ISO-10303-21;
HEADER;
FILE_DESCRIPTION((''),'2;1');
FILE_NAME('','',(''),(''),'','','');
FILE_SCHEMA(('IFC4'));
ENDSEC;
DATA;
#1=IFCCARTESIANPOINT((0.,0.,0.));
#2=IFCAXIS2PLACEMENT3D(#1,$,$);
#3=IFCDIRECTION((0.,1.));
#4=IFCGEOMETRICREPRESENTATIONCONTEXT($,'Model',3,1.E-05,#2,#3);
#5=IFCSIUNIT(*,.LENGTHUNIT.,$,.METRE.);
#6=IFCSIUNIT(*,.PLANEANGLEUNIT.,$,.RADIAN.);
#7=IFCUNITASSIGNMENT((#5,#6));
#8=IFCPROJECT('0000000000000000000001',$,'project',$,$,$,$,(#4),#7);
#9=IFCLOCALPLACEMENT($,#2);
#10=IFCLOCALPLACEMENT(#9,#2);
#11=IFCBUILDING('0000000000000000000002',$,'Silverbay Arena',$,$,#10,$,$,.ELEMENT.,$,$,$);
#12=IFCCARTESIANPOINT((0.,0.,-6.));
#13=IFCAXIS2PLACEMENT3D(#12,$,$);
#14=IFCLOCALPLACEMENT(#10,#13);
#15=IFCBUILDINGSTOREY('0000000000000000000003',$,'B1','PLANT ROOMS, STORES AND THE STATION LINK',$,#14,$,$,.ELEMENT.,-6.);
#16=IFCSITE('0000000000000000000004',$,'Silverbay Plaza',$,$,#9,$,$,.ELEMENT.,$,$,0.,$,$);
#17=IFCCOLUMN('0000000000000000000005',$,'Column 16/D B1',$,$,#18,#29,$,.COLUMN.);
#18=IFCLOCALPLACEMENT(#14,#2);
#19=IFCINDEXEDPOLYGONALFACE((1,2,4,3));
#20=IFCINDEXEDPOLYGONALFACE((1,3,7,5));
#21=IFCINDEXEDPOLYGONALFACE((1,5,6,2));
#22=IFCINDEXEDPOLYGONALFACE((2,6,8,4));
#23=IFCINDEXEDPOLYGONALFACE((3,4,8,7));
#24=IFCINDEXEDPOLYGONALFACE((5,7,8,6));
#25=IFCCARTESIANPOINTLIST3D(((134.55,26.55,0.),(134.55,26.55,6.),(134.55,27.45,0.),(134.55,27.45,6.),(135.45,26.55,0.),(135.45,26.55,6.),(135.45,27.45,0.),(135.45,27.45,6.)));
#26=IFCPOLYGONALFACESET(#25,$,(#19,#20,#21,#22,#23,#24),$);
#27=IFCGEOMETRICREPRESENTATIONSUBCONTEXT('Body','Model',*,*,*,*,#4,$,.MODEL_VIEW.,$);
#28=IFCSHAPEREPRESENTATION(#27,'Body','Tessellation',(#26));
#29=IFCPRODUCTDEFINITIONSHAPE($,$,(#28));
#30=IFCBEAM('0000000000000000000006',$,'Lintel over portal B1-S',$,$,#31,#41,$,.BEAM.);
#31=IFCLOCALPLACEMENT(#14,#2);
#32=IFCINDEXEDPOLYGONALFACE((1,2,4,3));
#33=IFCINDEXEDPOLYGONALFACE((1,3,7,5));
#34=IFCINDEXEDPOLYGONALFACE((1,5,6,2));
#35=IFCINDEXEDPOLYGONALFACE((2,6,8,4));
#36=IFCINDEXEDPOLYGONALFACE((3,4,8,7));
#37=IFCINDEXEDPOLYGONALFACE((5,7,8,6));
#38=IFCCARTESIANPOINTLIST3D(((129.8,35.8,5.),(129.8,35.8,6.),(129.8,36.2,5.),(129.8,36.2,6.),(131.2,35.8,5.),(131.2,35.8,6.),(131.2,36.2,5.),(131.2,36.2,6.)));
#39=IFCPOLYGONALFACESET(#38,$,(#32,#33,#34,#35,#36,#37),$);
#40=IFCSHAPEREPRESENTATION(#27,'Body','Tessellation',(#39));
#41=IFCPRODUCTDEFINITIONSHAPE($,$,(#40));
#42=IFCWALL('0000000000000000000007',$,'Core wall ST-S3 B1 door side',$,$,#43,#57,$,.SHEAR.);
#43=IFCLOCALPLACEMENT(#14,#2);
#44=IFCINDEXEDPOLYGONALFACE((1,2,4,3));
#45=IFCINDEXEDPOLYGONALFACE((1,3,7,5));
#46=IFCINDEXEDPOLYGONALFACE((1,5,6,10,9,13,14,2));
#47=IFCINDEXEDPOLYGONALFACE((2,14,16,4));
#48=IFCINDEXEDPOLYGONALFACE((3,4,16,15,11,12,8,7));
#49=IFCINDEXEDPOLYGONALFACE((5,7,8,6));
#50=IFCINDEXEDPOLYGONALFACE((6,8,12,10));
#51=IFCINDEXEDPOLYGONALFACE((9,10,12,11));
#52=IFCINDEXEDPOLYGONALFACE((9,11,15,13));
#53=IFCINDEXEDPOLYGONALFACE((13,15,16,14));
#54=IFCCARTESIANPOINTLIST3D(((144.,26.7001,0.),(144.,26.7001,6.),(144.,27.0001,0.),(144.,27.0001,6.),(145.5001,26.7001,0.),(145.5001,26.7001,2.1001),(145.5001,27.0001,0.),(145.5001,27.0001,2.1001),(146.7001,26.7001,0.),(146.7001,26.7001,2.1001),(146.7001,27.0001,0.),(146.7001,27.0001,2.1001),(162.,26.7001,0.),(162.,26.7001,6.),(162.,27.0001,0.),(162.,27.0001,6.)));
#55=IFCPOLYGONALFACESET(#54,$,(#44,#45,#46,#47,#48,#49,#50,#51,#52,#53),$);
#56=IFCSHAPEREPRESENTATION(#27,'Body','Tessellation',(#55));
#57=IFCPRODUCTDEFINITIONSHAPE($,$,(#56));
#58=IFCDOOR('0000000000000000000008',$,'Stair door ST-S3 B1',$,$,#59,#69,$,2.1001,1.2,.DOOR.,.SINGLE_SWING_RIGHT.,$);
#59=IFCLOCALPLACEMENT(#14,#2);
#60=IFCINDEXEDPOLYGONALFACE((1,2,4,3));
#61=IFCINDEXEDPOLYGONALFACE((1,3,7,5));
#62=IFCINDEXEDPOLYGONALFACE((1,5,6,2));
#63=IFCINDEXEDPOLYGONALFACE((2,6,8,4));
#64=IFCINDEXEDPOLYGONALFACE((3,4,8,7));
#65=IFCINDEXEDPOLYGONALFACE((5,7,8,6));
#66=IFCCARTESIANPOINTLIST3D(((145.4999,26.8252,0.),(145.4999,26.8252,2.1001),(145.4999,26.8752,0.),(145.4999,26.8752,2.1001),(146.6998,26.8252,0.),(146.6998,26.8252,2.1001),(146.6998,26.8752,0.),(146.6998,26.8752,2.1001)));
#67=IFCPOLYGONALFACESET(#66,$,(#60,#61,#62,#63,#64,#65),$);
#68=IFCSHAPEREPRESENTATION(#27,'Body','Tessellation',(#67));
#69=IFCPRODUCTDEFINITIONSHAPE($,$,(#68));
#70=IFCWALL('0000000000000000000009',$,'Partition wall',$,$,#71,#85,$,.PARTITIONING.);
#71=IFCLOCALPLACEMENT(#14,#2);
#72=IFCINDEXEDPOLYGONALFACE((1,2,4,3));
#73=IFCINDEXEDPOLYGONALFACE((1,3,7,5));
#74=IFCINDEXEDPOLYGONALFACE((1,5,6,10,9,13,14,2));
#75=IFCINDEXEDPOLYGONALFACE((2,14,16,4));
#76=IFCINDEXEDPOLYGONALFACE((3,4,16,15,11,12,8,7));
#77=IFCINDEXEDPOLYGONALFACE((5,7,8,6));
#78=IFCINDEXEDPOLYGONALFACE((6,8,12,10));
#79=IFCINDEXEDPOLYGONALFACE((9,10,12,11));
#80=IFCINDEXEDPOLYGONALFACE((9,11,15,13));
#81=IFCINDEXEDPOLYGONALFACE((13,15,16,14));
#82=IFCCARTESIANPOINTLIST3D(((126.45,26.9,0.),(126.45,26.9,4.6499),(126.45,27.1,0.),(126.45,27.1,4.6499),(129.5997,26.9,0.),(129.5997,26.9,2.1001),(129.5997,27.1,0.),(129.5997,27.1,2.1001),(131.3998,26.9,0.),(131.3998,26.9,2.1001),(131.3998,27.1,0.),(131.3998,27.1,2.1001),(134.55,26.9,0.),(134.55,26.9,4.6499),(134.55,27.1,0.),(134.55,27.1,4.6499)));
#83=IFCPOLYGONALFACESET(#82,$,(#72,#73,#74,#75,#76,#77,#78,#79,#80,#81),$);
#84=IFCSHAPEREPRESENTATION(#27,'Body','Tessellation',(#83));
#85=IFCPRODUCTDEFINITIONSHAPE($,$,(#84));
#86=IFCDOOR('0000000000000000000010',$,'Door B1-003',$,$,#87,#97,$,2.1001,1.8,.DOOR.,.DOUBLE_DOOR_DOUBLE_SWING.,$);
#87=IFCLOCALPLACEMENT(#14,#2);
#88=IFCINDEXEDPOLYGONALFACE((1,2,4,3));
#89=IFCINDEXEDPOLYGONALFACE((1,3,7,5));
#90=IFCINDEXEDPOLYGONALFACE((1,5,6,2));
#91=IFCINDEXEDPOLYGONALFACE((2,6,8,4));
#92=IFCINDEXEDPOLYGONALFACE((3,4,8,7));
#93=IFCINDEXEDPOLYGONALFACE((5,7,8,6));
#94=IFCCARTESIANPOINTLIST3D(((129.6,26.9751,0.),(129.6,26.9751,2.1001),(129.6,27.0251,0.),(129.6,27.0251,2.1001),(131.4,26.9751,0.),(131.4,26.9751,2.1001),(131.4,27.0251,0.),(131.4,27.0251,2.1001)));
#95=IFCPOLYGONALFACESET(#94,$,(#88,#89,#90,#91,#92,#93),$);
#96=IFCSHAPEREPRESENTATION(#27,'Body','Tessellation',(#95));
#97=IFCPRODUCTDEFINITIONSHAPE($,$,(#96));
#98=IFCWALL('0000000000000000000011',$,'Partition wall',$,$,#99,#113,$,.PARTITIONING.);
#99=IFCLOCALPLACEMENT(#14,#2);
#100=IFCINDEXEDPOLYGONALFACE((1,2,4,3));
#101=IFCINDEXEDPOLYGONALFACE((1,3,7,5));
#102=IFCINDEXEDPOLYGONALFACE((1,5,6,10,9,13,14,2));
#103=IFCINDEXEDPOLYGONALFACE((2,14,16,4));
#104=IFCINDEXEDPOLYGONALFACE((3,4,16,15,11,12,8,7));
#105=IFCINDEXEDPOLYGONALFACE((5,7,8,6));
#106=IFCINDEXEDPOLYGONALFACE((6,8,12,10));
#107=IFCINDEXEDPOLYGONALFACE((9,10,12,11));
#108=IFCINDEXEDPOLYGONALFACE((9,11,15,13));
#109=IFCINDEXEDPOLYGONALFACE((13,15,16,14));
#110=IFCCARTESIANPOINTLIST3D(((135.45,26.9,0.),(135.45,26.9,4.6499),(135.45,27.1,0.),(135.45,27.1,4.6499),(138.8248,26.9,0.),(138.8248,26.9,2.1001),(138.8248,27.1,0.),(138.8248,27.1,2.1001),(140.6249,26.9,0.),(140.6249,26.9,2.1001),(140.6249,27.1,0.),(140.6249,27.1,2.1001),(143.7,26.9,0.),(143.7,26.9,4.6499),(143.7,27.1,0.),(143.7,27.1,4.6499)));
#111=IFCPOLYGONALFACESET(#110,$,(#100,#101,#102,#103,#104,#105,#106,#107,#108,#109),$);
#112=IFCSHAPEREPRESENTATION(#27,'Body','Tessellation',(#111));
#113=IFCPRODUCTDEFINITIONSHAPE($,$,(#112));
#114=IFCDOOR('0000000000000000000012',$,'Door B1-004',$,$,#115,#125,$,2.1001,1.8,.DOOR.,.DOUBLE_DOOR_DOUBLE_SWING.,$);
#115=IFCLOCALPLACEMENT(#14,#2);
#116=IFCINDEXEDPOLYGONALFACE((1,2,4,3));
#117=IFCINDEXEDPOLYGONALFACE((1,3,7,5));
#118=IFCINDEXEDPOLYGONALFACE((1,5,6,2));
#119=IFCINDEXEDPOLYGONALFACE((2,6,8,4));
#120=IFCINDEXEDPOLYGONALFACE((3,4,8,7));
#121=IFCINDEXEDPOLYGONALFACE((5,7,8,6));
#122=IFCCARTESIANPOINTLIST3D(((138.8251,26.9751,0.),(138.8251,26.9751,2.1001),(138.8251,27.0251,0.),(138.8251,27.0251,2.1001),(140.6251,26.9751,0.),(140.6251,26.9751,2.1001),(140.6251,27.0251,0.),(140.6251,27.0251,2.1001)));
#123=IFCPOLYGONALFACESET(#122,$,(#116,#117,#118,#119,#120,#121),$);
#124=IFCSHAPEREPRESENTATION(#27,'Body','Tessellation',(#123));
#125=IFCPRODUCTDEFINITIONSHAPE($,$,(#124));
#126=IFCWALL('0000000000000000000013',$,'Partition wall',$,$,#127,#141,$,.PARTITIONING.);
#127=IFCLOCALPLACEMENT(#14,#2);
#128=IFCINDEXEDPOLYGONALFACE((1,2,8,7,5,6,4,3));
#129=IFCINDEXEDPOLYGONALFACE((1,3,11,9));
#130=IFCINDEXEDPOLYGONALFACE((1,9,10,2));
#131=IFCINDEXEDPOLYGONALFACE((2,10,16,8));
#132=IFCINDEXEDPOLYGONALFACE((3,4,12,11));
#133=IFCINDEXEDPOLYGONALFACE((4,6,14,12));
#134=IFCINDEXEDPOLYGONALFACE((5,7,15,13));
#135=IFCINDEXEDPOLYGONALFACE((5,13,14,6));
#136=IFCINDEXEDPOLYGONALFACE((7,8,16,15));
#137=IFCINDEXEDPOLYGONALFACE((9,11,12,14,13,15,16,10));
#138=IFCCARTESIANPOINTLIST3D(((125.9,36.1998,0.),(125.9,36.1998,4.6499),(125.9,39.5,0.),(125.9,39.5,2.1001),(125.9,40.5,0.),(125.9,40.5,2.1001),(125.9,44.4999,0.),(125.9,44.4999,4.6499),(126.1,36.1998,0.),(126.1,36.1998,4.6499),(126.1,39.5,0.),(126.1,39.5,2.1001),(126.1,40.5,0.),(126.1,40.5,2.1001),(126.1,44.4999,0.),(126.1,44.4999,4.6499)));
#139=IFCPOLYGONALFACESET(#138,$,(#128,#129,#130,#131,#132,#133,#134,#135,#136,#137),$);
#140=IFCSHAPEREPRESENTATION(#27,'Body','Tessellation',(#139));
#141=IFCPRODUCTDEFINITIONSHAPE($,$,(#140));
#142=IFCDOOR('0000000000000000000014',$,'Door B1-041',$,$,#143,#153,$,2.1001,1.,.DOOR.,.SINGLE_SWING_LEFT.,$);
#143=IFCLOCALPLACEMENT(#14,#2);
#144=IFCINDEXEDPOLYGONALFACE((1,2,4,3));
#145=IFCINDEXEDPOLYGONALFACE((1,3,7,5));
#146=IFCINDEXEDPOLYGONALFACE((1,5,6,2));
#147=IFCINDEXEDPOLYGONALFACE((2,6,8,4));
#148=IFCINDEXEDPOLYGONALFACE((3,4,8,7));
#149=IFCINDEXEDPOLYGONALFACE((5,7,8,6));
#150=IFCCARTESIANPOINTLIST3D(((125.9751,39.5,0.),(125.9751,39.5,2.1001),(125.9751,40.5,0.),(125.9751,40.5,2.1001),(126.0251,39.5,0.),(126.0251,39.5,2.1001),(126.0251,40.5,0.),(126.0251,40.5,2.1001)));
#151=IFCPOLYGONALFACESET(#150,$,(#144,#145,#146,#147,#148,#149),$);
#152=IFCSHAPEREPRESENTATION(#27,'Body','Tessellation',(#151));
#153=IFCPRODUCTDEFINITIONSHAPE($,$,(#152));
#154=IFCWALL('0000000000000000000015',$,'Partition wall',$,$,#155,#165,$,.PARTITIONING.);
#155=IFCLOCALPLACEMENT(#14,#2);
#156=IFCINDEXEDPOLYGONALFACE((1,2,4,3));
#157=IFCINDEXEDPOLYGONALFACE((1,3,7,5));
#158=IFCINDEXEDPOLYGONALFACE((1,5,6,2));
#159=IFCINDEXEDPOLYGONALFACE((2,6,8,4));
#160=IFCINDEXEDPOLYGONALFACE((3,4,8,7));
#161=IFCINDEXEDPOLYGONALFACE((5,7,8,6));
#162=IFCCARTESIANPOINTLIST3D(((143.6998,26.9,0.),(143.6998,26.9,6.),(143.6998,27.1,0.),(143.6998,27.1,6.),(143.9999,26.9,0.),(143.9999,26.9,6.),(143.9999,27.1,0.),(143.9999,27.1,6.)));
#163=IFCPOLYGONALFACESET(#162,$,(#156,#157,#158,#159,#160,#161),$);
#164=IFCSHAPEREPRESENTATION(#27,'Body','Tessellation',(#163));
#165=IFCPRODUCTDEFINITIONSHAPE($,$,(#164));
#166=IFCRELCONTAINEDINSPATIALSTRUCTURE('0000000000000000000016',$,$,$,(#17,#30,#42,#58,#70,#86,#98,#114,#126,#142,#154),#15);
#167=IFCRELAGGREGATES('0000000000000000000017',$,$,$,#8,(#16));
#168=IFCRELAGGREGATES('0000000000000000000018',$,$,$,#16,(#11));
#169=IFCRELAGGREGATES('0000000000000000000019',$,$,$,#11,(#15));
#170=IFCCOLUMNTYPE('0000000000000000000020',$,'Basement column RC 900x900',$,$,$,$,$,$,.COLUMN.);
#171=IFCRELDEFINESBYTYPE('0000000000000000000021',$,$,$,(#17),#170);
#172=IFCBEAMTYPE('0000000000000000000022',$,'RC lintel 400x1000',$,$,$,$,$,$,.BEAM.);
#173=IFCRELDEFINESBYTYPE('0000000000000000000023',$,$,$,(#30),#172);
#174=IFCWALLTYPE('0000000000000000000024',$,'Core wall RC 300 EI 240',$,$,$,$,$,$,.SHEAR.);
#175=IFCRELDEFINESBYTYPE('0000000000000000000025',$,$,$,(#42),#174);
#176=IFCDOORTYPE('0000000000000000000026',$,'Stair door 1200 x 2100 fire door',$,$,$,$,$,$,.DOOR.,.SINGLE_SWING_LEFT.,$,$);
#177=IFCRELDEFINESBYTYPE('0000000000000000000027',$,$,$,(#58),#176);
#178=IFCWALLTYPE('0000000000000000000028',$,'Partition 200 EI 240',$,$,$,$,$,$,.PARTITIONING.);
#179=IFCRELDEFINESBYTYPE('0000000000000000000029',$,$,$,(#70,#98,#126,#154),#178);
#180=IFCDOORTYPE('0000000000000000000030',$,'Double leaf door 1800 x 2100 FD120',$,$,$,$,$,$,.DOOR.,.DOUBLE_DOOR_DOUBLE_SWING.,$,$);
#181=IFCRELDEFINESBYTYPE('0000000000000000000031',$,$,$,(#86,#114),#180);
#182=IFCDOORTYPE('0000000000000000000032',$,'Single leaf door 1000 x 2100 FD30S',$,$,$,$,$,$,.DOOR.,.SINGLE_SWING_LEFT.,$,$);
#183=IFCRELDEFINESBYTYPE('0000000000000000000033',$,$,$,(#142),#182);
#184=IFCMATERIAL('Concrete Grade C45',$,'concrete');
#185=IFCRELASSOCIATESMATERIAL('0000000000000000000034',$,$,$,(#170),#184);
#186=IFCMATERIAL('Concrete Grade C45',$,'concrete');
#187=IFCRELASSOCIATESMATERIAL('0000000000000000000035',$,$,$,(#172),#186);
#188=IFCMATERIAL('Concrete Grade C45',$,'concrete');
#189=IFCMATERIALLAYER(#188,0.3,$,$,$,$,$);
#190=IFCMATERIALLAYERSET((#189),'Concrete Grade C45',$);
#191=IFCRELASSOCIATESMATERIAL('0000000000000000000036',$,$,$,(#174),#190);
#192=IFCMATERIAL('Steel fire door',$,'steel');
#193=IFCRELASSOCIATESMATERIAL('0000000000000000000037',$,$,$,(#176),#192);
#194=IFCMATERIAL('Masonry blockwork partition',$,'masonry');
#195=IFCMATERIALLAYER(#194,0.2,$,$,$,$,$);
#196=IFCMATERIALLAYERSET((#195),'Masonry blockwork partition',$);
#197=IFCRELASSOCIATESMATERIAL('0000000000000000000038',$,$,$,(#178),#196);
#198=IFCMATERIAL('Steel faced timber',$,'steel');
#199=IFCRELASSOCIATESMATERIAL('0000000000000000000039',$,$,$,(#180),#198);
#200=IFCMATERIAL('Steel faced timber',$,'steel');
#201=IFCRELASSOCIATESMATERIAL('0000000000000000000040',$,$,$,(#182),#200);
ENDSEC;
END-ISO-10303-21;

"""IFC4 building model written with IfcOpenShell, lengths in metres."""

from ifc_helpers import new_model, si_unit, direction, frame, frame_2d, origin, origin_2d, place, context, subcontext, project, spatial, rectangle, extrude, material, layer, layer_set, material_profile, profile_set, type_object, element, fill, save


model = new_model("IFC4")

# Units and contexts
model_context = context("Model", 3, precision=1e-05, world=origin(), true_north=direction((0.0, 1.0)))
body_context = subcontext(model_context, "Body", "Model", "MODEL_VIEW")
ifc_project = project(units=[si_unit("LENGTHUNIT", "METRE"), si_unit("PLANEANGLEUNIT", "RADIAN")], contexts=[model_context])

# Site, building, storey
site_placement = place(None, origin())
site = spatial("IfcSite", under=ifc_project, at=site_placement, Name="Silverbay Plaza", CompositionType="ELEMENT", RefElevation=0.0)
building_placement = place(site_placement, origin())
building = spatial("IfcBuilding", under=site, at=building_placement, Name="Silverbay Arena", CompositionType="ELEMENT")
storey_placement = place(building_placement, frame((0.0, 0.0, -6.0)))
storey = spatial("IfcBuildingStorey", under=building, at=storey_placement, Name="B1", Description="PLANT ROOMS, STORES AND THE STATION LINK", CompositionType="ELEMENT", Elevation=-6.0)

# Column
ifc_material_1 = material(Name="Concrete Grade C45", Category="concrete")
ifc_material_profile_1 = material_profile(ifc_material_1, rectangle(XDim=0.8999, YDim=0.8999, at=origin_2d()), Name="RC 900x900")
ifc_profile_set_1 = profile_set([ifc_material_profile_1], Name="Concrete Grade C45")
column_type = type_object("IfcColumnType", Name="Basement column RC 900x900", PredefinedType="COLUMN", material=ifc_profile_set_1)
for number, where, z_axis, x_axis, name in (
    (1, (135.0, 27.0, 0.0), (0.0, 0.0, 1.0), (1.0, 0.0, 0.0), "Column 16/D B1"),
):
    element("IfcColumn", number, at=place(storey_placement, frame(where, z_axis=z_axis, x_axis=x_axis)), inside=storey, type_object=column_type, Name=name, PredefinedType="COLUMN", context=body_context, shape_type="SweptSolid", body=[
        extrude(rectangle(XDim=0.8999, YDim=0.8999, at=origin_2d()), origin(), (0.0, 0.0, 1.0), 6.0),
    ])

# Beam
ifc_material_2 = material(Name="Concrete Grade C45", Category="concrete")
ifc_material_profile_2 = material_profile(ifc_material_2, rectangle(XDim=0.3999, YDim=1.0, at=origin_2d()), Name="RC 400x1000")
ifc_profile_set_2 = profile_set([ifc_material_profile_2], Name="Concrete Grade C45")
beam_type = type_object("IfcBeamType", Name="RC lintel 400x1000", PredefinedType="BEAM", material=ifc_profile_set_2)
beam_placement = place(storey_placement, frame((129.8, 36.0, 5.5), z_axis=(1.0, 0.0, 0.0), x_axis=(0.0, 1.0, 0.0)))
element("IfcBeam", 2, at=beam_placement, inside=storey, type_object=beam_type, Name="Lintel over portal B1-S", PredefinedType="BEAM", context=body_context, shape_type="SweptSolid", body=[
    extrude(rectangle(XDim=0.3999, YDim=1.0, at=origin_2d()), origin(), (0.0, 0.0, 1.0), 1.3999),
])

# Walls, openings, doors
ifc_material_3 = material(Name="Concrete Grade C45", Category="concrete")
ifc_layer_1 = layer(ifc_material_3, 0.3)
ifc_layer_set_1 = layer_set([ifc_layer_1], Name="Concrete Grade C45")
wall_type_1 = type_object("IfcWallType", Name="Core wall RC 300 EI 240", PredefinedType="SHEAR", material=ifc_layer_set_1)
wall_1_placement = place(storey_placement, frame((144.0, 26.8501, 0.0), z_axis=(0.0, 0.0, 1.0), x_axis=(1.0, 0.0, 0.0)))
wall_1 = element("IfcWall", 3, at=wall_1_placement, inside=storey, type_object=wall_type_1, Name="Core wall ST-S3 B1 door side", PredefinedType="SHEAR", context=body_context, shape_type="SweptSolid", body=[
    extrude(rectangle(XDim=18.0, YDim=0.3, at=frame_2d((9.0, 0.0))), origin(), (0.0, 0.0, 1.0), 6.0),
])
opening_1_placement = place(wall_1_placement, frame((1.5, 0.0, 0.0)))
opening_1 = element("IfcOpeningElement", 4, at=opening_1_placement, cuts=wall_1, PredefinedType="OPENING", context=body_context, shape_type="SweptSolid", body=[
    extrude(rectangle(XDim=1.2, YDim=2.1001, at=frame_2d((0.6001, 1.05))), frame((0.0, 0.1602, 0.0), z_axis=(0.0, -1.0, 0.0), x_axis=(1.0, 0.0, 0.0)), (0.0, 0.0, 1.0), 0.3201),
])
ifc_material_4 = material(Name="Steel fire door", Category="steel")
door_type_1 = type_object("IfcDoorType", Name="Stair door 1200 x 2100 fire door", OperationType="SINGLE_SWING_LEFT", PredefinedType="DOOR", material=ifc_material_4)
door_1_placement = place(opening_1_placement, frame((1.2, 0.0, 0.0), z_axis=(0.0, 0.0, 1.0), x_axis=(-1.0, 0.0, 0.0)))
door_1 = element("IfcDoor", 5, at=door_1_placement, inside=storey, type_object=door_type_1, Name="Stair door ST-S3 B1", OperationType="SINGLE_SWING_RIGHT", OverallHeight=2.1001, OverallWidth=1.2, PredefinedType="DOOR", context=body_context, shape_type="SweptSolid", body=[
    extrude(rectangle(XDim=1.2, YDim=2.1001, at=frame_2d((0.6001, 1.05))), frame((0.0, 0.0249, 0.0), z_axis=(0.0, -1.0, 0.0), x_axis=(1.0, 0.0, 0.0)), (0.0, 0.0, 1.0), 0.05),
])
fill(opening_1, door_1)
ifc_material_5 = material(Name="Masonry blockwork partition", Category="masonry")
ifc_layer_2 = layer(ifc_material_5, 0.2)
ifc_layer_set_2 = layer_set([ifc_layer_2], Name="Masonry blockwork partition")
wall_type_2 = type_object("IfcWallType", Name="Partition 200 EI 240", PredefinedType="PARTITIONING", material=ifc_layer_set_2)
wall_2_placement = place(storey_placement, frame((126.45, 27.0, 0.0), z_axis=(0.0, 0.0, 1.0), x_axis=(1.0, 0.0, 0.0)))
wall_2 = element("IfcWall", 6, at=wall_2_placement, inside=storey, type_object=wall_type_2, Name="Partition wall", PredefinedType="PARTITIONING", context=body_context, shape_type="SweptSolid", body=[
    extrude(rectangle(XDim=8.1001, YDim=0.2, at=frame_2d((4.05, 0.0))), origin(), (0.0, 0.0, 1.0), 4.6499),
])
opening_2_placement = place(wall_2_placement, frame((3.1499, 0.0, 0.0)))
opening_2 = element("IfcOpeningElement", 7, at=opening_2_placement, cuts=wall_2, PredefinedType="OPENING", context=body_context, shape_type="SweptSolid", body=[
    extrude(rectangle(XDim=1.8, YDim=2.1001, at=frame_2d((0.8999, 1.05))), frame((0.0, 0.1099, 0.0), z_axis=(0.0, -1.0, 0.0), x_axis=(1.0, 0.0, 0.0)), (0.0, 0.0, 1.0), 0.22),
])
ifc_material_6 = material(Name="Steel faced timber", Category="steel")
door_type_2 = type_object("IfcDoorType", Name="Double leaf door 1800 x 2100 FD120", OperationType="DOUBLE_DOOR_DOUBLE_SWING", PredefinedType="DOOR", material=ifc_material_6)
door_2_placement = place(opening_2_placement, frame((1.8, 0.0, 0.0), z_axis=(0.0, 0.0, 1.0), x_axis=(-1.0, 0.0, 0.0)))
door_2 = element("IfcDoor", 8, at=door_2_placement, inside=storey, type_object=door_type_2, Name="Door B1-003", OperationType="DOUBLE_DOOR_DOUBLE_SWING", OverallHeight=2.1001, OverallWidth=1.8, PredefinedType="DOOR", context=body_context, shape_type="SweptSolid", body=[
    extrude(rectangle(XDim=1.8, YDim=2.1001, at=frame_2d((0.8999, 1.05))), frame((0.0, 0.0249, 0.0), z_axis=(0.0, -1.0, 0.0), x_axis=(1.0, 0.0, 0.0)), (0.0, 0.0, 1.0), 0.05),
])
fill(opening_2, door_2)
wall_3_placement = place(storey_placement, frame((135.45, 27.0, 0.0), z_axis=(0.0, 0.0, 1.0), x_axis=(1.0, 0.0, 0.0)))
wall_3 = element("IfcWall", 9, at=wall_3_placement, inside=storey, type_object=wall_type_2, Name="Partition wall", PredefinedType="PARTITIONING", context=body_context, shape_type="SweptSolid", body=[
    extrude(rectangle(XDim=8.25, YDim=0.2, at=frame_2d((4.125, 0.0))), origin(), (0.0, 0.0, 1.0), 4.6499),
])
opening_3_placement = place(wall_3_placement, frame((3.375, 0.0, 0.0)))
opening_3 = element("IfcOpeningElement", 10, at=opening_3_placement, cuts=wall_3, PredefinedType="OPENING", context=body_context, shape_type="SweptSolid", body=[
    extrude(rectangle(XDim=1.8, YDim=2.1001, at=frame_2d((0.8999, 1.05))), frame((0.0, 0.1099, 0.0), z_axis=(0.0, -1.0, 0.0), x_axis=(1.0, 0.0, 0.0)), (0.0, 0.0, 1.0), 0.22),
])
door_3_placement = place(opening_3_placement, frame((1.8, 0.0, 0.0), z_axis=(0.0, 0.0, 1.0), x_axis=(-1.0, 0.0, 0.0)))
door_3 = element("IfcDoor", 11, at=door_3_placement, inside=storey, type_object=door_type_2, Name="Door B1-004", OperationType="DOUBLE_DOOR_DOUBLE_SWING", OverallHeight=2.1001, OverallWidth=1.8, PredefinedType="DOOR", context=body_context, shape_type="SweptSolid", body=[
    extrude(rectangle(XDim=1.8, YDim=2.1001, at=frame_2d((0.8999, 1.05))), frame((0.0, 0.0249, 0.0), z_axis=(0.0, -1.0, 0.0), x_axis=(1.0, 0.0, 0.0)), (0.0, 0.0, 1.0), 0.05),
])
fill(opening_3, door_3)
wall_4_placement = place(storey_placement, frame((126.0, 36.2, 0.0), z_axis=(0.0, 0.0, 1.0), x_axis=(0.0, 1.0, 0.0)))
wall_4 = element("IfcWall", 12, at=wall_4_placement, inside=storey, type_object=wall_type_2, Name="Partition wall", PredefinedType="PARTITIONING", context=body_context, shape_type="SweptSolid", body=[
    extrude(rectangle(XDim=8.3, YDim=0.2, at=frame_2d((4.1499, 0.0))), origin(), (0.0, 0.0, 1.0), 4.6499),
])
opening_4_placement = place(wall_4_placement, frame((3.3, 0.0, 0.0)))
opening_4 = element("IfcOpeningElement", 13, at=opening_4_placement, cuts=wall_4, PredefinedType="OPENING", context=body_context, shape_type="SweptSolid", body=[
    extrude(rectangle(XDim=1.0, YDim=2.1001, at=frame_2d((0.5, 1.05))), frame((0.0, 0.1099, 0.0), z_axis=(0.0, -1.0, 0.0), x_axis=(1.0, 0.0, 0.0)), (0.0, 0.0, 1.0), 0.22),
])
ifc_material_7 = material(Name="Steel faced timber", Category="steel")
door_type_3 = type_object("IfcDoorType", Name="Single leaf door 1000 x 2100 FD30S", OperationType="SINGLE_SWING_LEFT", PredefinedType="DOOR", material=ifc_material_7)
door_4_placement = place(opening_4_placement, origin())
door_4 = element("IfcDoor", 14, at=door_4_placement, inside=storey, type_object=door_type_3, Name="Door B1-041", OperationType="SINGLE_SWING_LEFT", OverallHeight=2.1001, OverallWidth=1.0, PredefinedType="DOOR", context=body_context, shape_type="SweptSolid", body=[
    extrude(rectangle(XDim=1.0, YDim=2.1001, at=frame_2d((0.5, 1.05))), frame((0.0, 0.0249, 0.0), z_axis=(0.0, -1.0, 0.0), x_axis=(1.0, 0.0, 0.0)), (0.0, 0.0, 1.0), 0.05),
])
fill(opening_4, door_4)

# Wall
wall_5_placement = place(storey_placement, frame((143.7, 27.0, 0.0), z_axis=(0.0, 0.0, 1.0), x_axis=(1.0, 0.0, 0.0)))
element("IfcWall", 15, at=wall_5_placement, inside=storey, type_object=wall_type_2, Name="Partition wall", PredefinedType="PARTITIONING", context=body_context, shape_type="SweptSolid", body=[
    extrude(rectangle(XDim=0.3, YDim=0.2, at=frame_2d((0.1499, 0.0))), origin(), (0.0, 0.0, 1.0), 6.0),
])

save(model, "model.ifc")
